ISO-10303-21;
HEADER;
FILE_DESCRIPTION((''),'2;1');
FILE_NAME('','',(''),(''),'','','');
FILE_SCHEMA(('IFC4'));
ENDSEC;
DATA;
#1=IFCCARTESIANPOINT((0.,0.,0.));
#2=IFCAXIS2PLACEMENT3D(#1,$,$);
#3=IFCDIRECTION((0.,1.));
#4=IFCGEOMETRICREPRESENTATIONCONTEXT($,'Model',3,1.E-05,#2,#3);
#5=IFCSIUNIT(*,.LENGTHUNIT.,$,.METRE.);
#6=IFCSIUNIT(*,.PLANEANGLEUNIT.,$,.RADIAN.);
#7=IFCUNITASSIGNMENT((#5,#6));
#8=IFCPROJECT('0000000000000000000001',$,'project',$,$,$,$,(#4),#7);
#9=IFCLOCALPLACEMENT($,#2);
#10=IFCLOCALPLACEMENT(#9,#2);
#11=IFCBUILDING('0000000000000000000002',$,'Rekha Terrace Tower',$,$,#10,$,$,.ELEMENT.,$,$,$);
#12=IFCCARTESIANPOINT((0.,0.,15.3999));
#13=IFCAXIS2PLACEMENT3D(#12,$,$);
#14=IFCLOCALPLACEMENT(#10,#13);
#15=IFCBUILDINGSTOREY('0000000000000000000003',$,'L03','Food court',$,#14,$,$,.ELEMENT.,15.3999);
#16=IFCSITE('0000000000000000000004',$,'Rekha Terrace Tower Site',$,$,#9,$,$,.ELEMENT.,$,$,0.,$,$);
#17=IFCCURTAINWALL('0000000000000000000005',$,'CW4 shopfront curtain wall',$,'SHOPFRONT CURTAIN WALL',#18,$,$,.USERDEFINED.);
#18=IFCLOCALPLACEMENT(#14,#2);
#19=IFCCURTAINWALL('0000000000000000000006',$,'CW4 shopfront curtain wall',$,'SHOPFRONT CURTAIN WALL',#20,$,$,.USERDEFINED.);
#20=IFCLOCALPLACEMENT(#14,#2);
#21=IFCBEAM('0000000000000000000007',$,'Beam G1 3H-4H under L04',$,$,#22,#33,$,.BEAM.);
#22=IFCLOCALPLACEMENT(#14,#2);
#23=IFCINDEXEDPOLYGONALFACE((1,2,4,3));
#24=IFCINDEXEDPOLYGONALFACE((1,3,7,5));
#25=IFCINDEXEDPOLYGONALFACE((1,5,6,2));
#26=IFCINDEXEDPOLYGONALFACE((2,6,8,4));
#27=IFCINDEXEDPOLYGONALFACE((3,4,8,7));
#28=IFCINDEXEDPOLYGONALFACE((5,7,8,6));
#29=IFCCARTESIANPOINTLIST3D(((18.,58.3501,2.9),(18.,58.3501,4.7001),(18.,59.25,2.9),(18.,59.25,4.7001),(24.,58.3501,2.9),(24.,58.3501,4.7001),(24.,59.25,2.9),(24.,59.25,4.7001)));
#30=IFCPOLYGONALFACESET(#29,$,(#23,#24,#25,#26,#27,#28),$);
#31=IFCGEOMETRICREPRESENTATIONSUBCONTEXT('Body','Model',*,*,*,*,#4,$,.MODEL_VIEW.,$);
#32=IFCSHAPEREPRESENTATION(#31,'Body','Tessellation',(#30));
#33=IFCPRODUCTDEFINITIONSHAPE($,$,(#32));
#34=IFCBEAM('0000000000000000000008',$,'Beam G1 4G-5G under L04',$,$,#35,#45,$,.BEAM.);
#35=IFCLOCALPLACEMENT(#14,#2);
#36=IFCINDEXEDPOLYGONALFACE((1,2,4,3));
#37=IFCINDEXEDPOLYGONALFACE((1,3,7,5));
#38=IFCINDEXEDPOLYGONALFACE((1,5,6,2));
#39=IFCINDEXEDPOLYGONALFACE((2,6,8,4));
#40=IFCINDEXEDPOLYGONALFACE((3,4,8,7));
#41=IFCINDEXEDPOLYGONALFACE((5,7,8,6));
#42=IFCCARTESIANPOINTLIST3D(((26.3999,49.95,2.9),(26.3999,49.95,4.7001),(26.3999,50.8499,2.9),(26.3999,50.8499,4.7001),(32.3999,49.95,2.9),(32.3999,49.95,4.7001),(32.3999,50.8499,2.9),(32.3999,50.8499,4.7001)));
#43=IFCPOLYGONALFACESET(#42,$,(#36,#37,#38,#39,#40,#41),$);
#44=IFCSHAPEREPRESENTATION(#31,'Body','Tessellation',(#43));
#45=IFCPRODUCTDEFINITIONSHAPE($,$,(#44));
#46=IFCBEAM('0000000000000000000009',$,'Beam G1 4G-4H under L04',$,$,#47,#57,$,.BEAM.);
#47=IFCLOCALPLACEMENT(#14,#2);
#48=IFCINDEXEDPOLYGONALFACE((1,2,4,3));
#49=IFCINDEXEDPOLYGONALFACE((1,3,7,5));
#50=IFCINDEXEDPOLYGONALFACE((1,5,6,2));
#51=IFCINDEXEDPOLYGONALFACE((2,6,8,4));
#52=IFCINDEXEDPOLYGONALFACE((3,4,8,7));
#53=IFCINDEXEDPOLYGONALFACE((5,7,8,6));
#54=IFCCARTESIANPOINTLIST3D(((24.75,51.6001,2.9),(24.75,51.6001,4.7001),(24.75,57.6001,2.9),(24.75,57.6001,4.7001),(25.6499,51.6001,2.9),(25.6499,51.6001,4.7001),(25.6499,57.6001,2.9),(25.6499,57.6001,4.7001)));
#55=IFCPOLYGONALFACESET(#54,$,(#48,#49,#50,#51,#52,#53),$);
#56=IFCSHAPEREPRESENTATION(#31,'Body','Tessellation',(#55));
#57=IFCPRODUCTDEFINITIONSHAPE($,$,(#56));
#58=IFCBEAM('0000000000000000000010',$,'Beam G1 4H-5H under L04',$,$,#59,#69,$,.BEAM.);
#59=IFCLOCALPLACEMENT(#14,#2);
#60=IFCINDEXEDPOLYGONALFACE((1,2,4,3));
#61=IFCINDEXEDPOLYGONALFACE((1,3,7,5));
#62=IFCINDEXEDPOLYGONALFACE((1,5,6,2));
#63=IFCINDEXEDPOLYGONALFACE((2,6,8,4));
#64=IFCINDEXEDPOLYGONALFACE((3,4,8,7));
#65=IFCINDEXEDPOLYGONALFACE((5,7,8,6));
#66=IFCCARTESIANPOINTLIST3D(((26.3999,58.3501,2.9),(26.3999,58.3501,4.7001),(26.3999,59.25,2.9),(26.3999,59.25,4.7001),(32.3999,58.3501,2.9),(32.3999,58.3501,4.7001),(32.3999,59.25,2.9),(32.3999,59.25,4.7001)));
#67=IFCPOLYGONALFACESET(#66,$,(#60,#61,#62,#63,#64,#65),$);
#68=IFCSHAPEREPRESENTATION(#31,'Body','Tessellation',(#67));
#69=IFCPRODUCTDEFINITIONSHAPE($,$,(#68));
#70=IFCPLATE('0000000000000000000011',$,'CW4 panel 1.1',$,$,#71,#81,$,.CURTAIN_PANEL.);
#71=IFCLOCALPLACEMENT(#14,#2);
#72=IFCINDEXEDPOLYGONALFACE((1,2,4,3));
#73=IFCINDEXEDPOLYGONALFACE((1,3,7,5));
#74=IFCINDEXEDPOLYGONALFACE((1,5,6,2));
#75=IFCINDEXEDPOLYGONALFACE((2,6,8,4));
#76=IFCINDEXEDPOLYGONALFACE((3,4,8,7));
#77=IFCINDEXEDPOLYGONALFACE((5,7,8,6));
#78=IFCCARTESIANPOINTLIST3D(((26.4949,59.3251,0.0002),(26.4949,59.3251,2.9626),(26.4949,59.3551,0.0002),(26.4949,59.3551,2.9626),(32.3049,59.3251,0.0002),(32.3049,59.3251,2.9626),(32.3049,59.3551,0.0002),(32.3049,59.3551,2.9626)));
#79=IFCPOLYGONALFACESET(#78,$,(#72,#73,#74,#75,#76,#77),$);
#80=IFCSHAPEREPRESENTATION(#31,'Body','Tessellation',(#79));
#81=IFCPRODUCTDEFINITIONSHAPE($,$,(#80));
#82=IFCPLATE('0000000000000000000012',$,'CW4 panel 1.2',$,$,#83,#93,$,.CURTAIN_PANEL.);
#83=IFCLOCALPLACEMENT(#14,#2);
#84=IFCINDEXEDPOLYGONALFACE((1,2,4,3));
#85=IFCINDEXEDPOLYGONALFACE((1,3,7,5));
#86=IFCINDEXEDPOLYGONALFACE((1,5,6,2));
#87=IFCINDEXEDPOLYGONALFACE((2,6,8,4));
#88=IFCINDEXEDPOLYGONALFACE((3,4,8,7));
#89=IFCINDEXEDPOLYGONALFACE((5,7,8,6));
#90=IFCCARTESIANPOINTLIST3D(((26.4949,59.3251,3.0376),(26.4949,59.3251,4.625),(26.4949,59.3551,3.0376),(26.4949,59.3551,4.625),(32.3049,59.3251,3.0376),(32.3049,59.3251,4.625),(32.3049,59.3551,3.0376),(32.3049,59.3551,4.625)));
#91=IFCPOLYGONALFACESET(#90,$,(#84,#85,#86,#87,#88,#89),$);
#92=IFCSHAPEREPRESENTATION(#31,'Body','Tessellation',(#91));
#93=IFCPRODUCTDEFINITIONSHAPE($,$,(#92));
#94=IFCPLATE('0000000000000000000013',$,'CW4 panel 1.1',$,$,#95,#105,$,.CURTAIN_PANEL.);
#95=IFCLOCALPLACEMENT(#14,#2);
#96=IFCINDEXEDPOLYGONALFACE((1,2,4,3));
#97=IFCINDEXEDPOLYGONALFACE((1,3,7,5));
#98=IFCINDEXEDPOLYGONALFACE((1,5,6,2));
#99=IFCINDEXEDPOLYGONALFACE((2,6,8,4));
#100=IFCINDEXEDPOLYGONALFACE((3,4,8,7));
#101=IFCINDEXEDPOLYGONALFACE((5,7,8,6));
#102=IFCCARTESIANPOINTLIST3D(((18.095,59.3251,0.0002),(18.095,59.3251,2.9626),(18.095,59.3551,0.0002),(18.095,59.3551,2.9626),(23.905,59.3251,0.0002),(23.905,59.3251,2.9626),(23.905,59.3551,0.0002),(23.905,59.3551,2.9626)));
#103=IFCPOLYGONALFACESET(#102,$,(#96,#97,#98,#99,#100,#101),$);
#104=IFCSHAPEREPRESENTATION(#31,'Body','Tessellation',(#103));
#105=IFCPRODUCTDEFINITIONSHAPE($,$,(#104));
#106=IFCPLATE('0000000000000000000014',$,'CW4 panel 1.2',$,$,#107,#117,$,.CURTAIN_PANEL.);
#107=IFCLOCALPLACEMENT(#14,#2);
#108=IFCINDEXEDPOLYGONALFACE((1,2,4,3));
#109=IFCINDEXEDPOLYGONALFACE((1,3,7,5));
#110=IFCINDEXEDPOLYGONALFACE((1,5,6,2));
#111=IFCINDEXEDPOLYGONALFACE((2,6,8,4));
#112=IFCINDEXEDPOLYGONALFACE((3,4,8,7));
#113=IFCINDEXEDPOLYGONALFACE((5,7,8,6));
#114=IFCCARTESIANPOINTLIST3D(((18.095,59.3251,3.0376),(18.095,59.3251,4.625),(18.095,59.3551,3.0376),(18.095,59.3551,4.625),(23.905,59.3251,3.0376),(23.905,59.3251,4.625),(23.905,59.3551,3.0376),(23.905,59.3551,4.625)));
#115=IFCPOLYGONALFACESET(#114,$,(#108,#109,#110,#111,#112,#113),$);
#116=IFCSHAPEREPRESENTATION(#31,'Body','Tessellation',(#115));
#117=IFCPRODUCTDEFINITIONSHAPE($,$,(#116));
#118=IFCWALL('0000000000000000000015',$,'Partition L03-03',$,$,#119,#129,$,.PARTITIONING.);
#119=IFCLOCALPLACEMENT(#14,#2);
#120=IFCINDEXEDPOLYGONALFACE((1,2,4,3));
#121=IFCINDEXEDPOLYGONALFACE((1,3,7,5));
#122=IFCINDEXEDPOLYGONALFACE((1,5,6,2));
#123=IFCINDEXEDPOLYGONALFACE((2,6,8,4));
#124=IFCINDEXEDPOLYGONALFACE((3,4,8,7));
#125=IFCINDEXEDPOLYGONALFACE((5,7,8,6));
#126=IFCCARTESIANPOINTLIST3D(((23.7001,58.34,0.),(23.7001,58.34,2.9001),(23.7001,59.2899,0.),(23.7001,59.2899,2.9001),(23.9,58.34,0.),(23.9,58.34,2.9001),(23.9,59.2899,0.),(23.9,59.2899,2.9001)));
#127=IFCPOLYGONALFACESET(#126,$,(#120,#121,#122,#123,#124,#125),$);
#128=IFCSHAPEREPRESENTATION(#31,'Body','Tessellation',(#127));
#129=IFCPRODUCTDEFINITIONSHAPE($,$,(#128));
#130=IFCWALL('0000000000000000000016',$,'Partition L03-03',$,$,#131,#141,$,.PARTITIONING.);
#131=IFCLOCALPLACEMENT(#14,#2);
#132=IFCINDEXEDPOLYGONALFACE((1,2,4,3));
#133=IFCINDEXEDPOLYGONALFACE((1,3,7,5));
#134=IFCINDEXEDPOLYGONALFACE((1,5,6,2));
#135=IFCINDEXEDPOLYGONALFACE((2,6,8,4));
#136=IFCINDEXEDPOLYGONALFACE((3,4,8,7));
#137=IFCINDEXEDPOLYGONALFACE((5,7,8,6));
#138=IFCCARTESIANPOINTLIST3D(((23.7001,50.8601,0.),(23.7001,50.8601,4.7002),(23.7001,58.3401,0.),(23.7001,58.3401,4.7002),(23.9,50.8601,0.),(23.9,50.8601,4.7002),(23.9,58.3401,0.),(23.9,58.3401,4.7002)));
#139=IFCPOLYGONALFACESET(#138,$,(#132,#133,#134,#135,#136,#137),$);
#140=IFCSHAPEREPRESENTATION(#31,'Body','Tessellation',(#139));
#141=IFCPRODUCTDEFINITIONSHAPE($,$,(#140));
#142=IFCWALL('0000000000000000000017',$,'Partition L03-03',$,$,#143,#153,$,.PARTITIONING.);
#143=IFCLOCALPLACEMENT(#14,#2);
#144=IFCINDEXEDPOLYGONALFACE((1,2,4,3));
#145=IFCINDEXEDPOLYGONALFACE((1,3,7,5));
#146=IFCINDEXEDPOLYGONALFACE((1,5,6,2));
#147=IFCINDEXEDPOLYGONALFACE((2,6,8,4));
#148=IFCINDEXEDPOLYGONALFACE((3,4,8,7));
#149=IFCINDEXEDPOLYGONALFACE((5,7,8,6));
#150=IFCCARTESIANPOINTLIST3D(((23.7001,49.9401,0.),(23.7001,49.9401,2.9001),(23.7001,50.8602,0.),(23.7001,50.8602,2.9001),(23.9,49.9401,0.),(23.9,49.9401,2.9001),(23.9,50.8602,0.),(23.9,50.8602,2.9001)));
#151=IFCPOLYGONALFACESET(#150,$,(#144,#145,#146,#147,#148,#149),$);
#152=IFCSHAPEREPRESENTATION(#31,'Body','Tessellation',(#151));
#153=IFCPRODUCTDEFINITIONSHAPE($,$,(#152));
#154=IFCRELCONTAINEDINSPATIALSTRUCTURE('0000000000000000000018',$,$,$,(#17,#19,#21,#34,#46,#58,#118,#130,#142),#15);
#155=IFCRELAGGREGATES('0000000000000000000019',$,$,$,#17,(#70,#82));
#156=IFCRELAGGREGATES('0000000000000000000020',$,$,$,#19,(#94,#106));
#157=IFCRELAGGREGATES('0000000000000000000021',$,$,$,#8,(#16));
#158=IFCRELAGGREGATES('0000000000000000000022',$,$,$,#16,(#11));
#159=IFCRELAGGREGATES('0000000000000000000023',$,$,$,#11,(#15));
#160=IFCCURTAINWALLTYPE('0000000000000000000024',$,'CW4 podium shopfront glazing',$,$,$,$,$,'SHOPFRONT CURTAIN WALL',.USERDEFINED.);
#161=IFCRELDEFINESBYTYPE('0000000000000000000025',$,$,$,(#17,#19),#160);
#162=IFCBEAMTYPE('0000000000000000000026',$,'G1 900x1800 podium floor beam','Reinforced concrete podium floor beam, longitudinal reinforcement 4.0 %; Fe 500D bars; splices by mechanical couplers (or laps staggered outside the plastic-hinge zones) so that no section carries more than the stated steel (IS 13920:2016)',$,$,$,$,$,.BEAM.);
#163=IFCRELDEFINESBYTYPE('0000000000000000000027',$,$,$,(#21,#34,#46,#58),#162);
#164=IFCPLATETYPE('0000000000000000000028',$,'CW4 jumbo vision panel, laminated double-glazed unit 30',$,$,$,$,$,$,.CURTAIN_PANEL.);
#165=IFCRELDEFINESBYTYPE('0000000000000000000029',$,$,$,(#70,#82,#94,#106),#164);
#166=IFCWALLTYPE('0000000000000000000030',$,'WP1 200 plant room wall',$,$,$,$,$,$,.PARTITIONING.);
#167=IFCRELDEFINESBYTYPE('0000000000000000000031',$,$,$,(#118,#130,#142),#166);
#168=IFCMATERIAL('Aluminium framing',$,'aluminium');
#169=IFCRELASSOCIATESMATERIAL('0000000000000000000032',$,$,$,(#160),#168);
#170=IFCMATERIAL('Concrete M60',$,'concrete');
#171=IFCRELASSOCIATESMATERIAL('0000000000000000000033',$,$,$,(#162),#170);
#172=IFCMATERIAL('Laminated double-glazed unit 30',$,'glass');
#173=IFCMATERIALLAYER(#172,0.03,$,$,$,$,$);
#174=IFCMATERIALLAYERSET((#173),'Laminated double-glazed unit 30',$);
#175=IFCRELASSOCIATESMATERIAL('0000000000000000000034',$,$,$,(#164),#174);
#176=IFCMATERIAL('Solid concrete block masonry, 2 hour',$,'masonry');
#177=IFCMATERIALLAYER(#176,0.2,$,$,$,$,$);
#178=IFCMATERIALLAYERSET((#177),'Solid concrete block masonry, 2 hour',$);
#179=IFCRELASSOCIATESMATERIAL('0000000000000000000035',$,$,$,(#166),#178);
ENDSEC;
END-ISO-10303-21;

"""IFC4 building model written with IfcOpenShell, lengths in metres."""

from ifc_helpers import new_model, si_unit, direction, frame, frame_2d, origin, origin_2d, place, context, subcontext, project, spatial, rectangle, extrude, material, layer, layer_set, material_profile, profile_set, type_object, element, aggregate, save


model = new_model("IFC4")

# Units and contexts
model_context = context("Model", 3, precision=1e-05, world=origin(), true_north=direction((0.0, 1.0)))
body_context = subcontext(model_context, "Body", "Model", "MODEL_VIEW")
ifc_project = project(units=[si_unit("LENGTHUNIT", "METRE"), si_unit("PLANEANGLEUNIT", "RADIAN")], contexts=[model_context])

# Site, building, storey
site_placement = place(None, origin())
site = spatial("IfcSite", under=ifc_project, at=site_placement, Name="Rekha Terrace Tower Site", CompositionType="ELEMENT", RefElevation=0.0)
building_placement = place(site_placement, origin())
building = spatial("IfcBuilding", under=site, at=building_placement, Name="Rekha Terrace Tower", CompositionType="ELEMENT")
storey_placement = place(building_placement, frame((0.0, 0.0, 15.3999)))
storey = spatial("IfcBuildingStorey", under=building, at=storey_placement, Name="L03", Description="Food court", CompositionType="ELEMENT", Elevation=15.3999)

# Curtain walls
ifc_material_1 = material(Name="Aluminium framing", Category="aluminium")
curtain_wall_type = type_object("IfcCurtainWallType", Name="CW4 podium shopfront glazing", ElementType="SHOPFRONT CURTAIN WALL", PredefinedType="USERDEFINED", material=ifc_material_1)
curtain_wall_1_placement = place(storey_placement, origin())
curtain_wall_1 = element("IfcCurtainWall", 1, at=curtain_wall_1_placement, inside=storey, type_object=curtain_wall_type, Name="CW4 shopfront curtain wall", ObjectType="SHOPFRONT CURTAIN WALL", PredefinedType="USERDEFINED")
curtain_wall_2_placement = place(storey_placement, origin())
curtain_wall_2 = element("IfcCurtainWall", 2, at=curtain_wall_2_placement, inside=storey, type_object=curtain_wall_type, Name="CW4 shopfront curtain wall", ObjectType="SHOPFRONT CURTAIN WALL", PredefinedType="USERDEFINED")

# Beams
ifc_material_2 = material(Name="Concrete M60", Category="concrete")
ifc_material_profile_1 = material_profile(ifc_material_2, rectangle(XDim=0.8999, YDim=1.8, at=origin_2d()), Name="RC 900x1800")
ifc_profile_set_1 = profile_set([ifc_material_profile_1], Name="Concrete M60")
beam_type = type_object("IfcBeamType", Name="G1 900x1800 podium floor beam", Description="Reinforced concrete podium floor beam, longitudinal reinforcement 4.0 %; Fe 500D bars; splices by mechanical couplers (or laps staggered outside the plastic-hinge zones) so that no section carries more than the stated steel (IS 13920:2016)", PredefinedType="BEAM", material=ifc_profile_set_1)
for number, where, z_axis, x_axis, name in (
    (3, (18.0, 58.8, 3.8), (1.0, 0.0, 0.0), (0.0, 1.0, 0.0), "Beam G1 3H-4H under L04"),
    (4, (26.3999, 50.3999, 3.8), (1.0, 0.0, 0.0), (0.0, 1.0, 0.0), "Beam G1 4G-5G under L04"),
    (5, (25.2, 51.6001, 3.8), (0.0, 1.0, 0.0), (-1.0, 0.0, 0.0), "Beam G1 4G-4H under L04"),
    (6, (26.3999, 58.8, 3.8), (1.0, 0.0, 0.0), (0.0, 1.0, 0.0), "Beam G1 4H-5H under L04"),
):
    element("IfcBeam", number, at=place(storey_placement, frame(where, z_axis=z_axis, x_axis=x_axis)), inside=storey, type_object=beam_type, Name=name, PredefinedType="BEAM", context=body_context, shape_type="SweptSolid", body=[
        extrude(rectangle(XDim=0.8999, YDim=1.8, at=origin_2d()), origin(), (0.0, 0.0, 1.0), 6.0),
    ])

# Plates
ifc_material_3 = material(Name="Laminated double-glazed unit 30", Category="glass")
ifc_layer_1 = layer(ifc_material_3, 0.03)
ifc_layer_set_1 = layer_set([ifc_layer_1], Name="Laminated double-glazed unit 30")
plate_type = type_object("IfcPlateType", Name="CW4 jumbo vision panel, laminated double-glazed unit 30", PredefinedType="CURTAIN_PANEL", material=ifc_layer_set_1)
plate_1_placement = place(storey_placement, frame((29.3999, 59.3401, 0.0002), z_axis=(0.0, 0.0, 1.0), x_axis=(-1.0, 0.0, 0.0)))
plate_1 = element("IfcPlate", 7, at=plate_1_placement, type_object=plate_type, Name="CW4 panel 1.1", PredefinedType="CURTAIN_PANEL", context=body_context, shape_type="SweptSolid", body=[
    extrude(rectangle(XDim=5.8101, YDim=0.03, at=origin_2d()), origin(), (0.0, 0.0, 1.0), 2.9624),
])
plate_2_placement = place(storey_placement, frame((29.3999, 59.3401, 3.0376), z_axis=(0.0, 0.0, 1.0), x_axis=(-1.0, 0.0, 0.0)))
plate_2 = element("IfcPlate", 8, at=plate_2_placement, type_object=plate_type, Name="CW4 panel 1.2", PredefinedType="CURTAIN_PANEL", context=body_context, shape_type="SweptSolid", body=[
    extrude(rectangle(XDim=5.8101, YDim=0.03, at=origin_2d()), origin(), (0.0, 0.0, 1.0), 1.5874),
])
aggregate(curtain_wall_1, [plate_1, plate_2])
plate_3_placement = place(storey_placement, frame((21.0, 59.3401, 0.0002), z_axis=(0.0, 0.0, 1.0), x_axis=(-1.0, 0.0, 0.0)))
plate_3 = element("IfcPlate", 9, at=plate_3_placement, type_object=plate_type, Name="CW4 panel 1.1", PredefinedType="CURTAIN_PANEL", context=body_context, shape_type="SweptSolid", body=[
    extrude(rectangle(XDim=5.8101, YDim=0.03, at=origin_2d()), origin(), (0.0, 0.0, 1.0), 2.9624),
])
plate_4_placement = place(storey_placement, frame((21.0, 59.3401, 3.0376), z_axis=(0.0, 0.0, 1.0), x_axis=(-1.0, 0.0, 0.0)))
plate_4 = element("IfcPlate", 10, at=plate_4_placement, type_object=plate_type, Name="CW4 panel 1.2", PredefinedType="CURTAIN_PANEL", context=body_context, shape_type="SweptSolid", body=[
    extrude(rectangle(XDim=5.8101, YDim=0.03, at=origin_2d()), origin(), (0.0, 0.0, 1.0), 1.5874),
])
aggregate(curtain_wall_2, [plate_3, plate_4])

# Walls
ifc_material_4 = material(Name="Solid concrete block masonry, 2 hour", Category="masonry")
ifc_layer_2 = layer(ifc_material_4, 0.2)
ifc_layer_set_2 = layer_set([ifc_layer_2], Name="Solid concrete block masonry, 2 hour")
wall_type = type_object("IfcWallType", Name="WP1 200 plant room wall", PredefinedType="PARTITIONING", material=ifc_layer_set_2)
wall_1_placement = place(storey_placement, frame((23.8, 59.29, 0.0), z_axis=(0.0, 0.0, 1.0), x_axis=(0.0, -1.0, 0.0)))
element("IfcWall", 11, at=wall_1_placement, inside=storey, type_object=wall_type, Name="Partition L03-03", PredefinedType="PARTITIONING", context=body_context, shape_type="SweptSolid", body=[
    extrude(rectangle(XDim=0.95, YDim=0.2, at=frame_2d((0.4751, 0.0))), origin(), (0.0, 0.0, 1.0), 2.9001),
])
wall_2_placement = place(storey_placement, frame((23.8, 58.3401, 0.0), z_axis=(0.0, 0.0, 1.0), x_axis=(0.0, -1.0, 0.0)))
element("IfcWall", 12, at=wall_2_placement, inside=storey, type_object=wall_type, Name="Partition L03-03", PredefinedType="PARTITIONING", context=body_context, shape_type="SweptSolid", body=[
    extrude(rectangle(XDim=7.48, YDim=0.2, at=frame_2d((3.74, 0.0))), origin(), (0.0, 0.0, 1.0), 4.7002),
])
wall_3_placement = place(storey_placement, frame((23.8, 50.8601, 0.0), z_axis=(0.0, 0.0, 1.0), x_axis=(0.0, -1.0, 0.0)))
element("IfcWall", 13, at=wall_3_placement, inside=storey, type_object=wall_type, Name="Partition L03-03", PredefinedType="PARTITIONING", context=body_context, shape_type="SweptSolid", body=[
    extrude(rectangle(XDim=0.9202, YDim=0.2, at=frame_2d((0.46, 0.0))), origin(), (0.0, 0.0, 1.0), 2.9001),
])

save(model, "model.ifc")
